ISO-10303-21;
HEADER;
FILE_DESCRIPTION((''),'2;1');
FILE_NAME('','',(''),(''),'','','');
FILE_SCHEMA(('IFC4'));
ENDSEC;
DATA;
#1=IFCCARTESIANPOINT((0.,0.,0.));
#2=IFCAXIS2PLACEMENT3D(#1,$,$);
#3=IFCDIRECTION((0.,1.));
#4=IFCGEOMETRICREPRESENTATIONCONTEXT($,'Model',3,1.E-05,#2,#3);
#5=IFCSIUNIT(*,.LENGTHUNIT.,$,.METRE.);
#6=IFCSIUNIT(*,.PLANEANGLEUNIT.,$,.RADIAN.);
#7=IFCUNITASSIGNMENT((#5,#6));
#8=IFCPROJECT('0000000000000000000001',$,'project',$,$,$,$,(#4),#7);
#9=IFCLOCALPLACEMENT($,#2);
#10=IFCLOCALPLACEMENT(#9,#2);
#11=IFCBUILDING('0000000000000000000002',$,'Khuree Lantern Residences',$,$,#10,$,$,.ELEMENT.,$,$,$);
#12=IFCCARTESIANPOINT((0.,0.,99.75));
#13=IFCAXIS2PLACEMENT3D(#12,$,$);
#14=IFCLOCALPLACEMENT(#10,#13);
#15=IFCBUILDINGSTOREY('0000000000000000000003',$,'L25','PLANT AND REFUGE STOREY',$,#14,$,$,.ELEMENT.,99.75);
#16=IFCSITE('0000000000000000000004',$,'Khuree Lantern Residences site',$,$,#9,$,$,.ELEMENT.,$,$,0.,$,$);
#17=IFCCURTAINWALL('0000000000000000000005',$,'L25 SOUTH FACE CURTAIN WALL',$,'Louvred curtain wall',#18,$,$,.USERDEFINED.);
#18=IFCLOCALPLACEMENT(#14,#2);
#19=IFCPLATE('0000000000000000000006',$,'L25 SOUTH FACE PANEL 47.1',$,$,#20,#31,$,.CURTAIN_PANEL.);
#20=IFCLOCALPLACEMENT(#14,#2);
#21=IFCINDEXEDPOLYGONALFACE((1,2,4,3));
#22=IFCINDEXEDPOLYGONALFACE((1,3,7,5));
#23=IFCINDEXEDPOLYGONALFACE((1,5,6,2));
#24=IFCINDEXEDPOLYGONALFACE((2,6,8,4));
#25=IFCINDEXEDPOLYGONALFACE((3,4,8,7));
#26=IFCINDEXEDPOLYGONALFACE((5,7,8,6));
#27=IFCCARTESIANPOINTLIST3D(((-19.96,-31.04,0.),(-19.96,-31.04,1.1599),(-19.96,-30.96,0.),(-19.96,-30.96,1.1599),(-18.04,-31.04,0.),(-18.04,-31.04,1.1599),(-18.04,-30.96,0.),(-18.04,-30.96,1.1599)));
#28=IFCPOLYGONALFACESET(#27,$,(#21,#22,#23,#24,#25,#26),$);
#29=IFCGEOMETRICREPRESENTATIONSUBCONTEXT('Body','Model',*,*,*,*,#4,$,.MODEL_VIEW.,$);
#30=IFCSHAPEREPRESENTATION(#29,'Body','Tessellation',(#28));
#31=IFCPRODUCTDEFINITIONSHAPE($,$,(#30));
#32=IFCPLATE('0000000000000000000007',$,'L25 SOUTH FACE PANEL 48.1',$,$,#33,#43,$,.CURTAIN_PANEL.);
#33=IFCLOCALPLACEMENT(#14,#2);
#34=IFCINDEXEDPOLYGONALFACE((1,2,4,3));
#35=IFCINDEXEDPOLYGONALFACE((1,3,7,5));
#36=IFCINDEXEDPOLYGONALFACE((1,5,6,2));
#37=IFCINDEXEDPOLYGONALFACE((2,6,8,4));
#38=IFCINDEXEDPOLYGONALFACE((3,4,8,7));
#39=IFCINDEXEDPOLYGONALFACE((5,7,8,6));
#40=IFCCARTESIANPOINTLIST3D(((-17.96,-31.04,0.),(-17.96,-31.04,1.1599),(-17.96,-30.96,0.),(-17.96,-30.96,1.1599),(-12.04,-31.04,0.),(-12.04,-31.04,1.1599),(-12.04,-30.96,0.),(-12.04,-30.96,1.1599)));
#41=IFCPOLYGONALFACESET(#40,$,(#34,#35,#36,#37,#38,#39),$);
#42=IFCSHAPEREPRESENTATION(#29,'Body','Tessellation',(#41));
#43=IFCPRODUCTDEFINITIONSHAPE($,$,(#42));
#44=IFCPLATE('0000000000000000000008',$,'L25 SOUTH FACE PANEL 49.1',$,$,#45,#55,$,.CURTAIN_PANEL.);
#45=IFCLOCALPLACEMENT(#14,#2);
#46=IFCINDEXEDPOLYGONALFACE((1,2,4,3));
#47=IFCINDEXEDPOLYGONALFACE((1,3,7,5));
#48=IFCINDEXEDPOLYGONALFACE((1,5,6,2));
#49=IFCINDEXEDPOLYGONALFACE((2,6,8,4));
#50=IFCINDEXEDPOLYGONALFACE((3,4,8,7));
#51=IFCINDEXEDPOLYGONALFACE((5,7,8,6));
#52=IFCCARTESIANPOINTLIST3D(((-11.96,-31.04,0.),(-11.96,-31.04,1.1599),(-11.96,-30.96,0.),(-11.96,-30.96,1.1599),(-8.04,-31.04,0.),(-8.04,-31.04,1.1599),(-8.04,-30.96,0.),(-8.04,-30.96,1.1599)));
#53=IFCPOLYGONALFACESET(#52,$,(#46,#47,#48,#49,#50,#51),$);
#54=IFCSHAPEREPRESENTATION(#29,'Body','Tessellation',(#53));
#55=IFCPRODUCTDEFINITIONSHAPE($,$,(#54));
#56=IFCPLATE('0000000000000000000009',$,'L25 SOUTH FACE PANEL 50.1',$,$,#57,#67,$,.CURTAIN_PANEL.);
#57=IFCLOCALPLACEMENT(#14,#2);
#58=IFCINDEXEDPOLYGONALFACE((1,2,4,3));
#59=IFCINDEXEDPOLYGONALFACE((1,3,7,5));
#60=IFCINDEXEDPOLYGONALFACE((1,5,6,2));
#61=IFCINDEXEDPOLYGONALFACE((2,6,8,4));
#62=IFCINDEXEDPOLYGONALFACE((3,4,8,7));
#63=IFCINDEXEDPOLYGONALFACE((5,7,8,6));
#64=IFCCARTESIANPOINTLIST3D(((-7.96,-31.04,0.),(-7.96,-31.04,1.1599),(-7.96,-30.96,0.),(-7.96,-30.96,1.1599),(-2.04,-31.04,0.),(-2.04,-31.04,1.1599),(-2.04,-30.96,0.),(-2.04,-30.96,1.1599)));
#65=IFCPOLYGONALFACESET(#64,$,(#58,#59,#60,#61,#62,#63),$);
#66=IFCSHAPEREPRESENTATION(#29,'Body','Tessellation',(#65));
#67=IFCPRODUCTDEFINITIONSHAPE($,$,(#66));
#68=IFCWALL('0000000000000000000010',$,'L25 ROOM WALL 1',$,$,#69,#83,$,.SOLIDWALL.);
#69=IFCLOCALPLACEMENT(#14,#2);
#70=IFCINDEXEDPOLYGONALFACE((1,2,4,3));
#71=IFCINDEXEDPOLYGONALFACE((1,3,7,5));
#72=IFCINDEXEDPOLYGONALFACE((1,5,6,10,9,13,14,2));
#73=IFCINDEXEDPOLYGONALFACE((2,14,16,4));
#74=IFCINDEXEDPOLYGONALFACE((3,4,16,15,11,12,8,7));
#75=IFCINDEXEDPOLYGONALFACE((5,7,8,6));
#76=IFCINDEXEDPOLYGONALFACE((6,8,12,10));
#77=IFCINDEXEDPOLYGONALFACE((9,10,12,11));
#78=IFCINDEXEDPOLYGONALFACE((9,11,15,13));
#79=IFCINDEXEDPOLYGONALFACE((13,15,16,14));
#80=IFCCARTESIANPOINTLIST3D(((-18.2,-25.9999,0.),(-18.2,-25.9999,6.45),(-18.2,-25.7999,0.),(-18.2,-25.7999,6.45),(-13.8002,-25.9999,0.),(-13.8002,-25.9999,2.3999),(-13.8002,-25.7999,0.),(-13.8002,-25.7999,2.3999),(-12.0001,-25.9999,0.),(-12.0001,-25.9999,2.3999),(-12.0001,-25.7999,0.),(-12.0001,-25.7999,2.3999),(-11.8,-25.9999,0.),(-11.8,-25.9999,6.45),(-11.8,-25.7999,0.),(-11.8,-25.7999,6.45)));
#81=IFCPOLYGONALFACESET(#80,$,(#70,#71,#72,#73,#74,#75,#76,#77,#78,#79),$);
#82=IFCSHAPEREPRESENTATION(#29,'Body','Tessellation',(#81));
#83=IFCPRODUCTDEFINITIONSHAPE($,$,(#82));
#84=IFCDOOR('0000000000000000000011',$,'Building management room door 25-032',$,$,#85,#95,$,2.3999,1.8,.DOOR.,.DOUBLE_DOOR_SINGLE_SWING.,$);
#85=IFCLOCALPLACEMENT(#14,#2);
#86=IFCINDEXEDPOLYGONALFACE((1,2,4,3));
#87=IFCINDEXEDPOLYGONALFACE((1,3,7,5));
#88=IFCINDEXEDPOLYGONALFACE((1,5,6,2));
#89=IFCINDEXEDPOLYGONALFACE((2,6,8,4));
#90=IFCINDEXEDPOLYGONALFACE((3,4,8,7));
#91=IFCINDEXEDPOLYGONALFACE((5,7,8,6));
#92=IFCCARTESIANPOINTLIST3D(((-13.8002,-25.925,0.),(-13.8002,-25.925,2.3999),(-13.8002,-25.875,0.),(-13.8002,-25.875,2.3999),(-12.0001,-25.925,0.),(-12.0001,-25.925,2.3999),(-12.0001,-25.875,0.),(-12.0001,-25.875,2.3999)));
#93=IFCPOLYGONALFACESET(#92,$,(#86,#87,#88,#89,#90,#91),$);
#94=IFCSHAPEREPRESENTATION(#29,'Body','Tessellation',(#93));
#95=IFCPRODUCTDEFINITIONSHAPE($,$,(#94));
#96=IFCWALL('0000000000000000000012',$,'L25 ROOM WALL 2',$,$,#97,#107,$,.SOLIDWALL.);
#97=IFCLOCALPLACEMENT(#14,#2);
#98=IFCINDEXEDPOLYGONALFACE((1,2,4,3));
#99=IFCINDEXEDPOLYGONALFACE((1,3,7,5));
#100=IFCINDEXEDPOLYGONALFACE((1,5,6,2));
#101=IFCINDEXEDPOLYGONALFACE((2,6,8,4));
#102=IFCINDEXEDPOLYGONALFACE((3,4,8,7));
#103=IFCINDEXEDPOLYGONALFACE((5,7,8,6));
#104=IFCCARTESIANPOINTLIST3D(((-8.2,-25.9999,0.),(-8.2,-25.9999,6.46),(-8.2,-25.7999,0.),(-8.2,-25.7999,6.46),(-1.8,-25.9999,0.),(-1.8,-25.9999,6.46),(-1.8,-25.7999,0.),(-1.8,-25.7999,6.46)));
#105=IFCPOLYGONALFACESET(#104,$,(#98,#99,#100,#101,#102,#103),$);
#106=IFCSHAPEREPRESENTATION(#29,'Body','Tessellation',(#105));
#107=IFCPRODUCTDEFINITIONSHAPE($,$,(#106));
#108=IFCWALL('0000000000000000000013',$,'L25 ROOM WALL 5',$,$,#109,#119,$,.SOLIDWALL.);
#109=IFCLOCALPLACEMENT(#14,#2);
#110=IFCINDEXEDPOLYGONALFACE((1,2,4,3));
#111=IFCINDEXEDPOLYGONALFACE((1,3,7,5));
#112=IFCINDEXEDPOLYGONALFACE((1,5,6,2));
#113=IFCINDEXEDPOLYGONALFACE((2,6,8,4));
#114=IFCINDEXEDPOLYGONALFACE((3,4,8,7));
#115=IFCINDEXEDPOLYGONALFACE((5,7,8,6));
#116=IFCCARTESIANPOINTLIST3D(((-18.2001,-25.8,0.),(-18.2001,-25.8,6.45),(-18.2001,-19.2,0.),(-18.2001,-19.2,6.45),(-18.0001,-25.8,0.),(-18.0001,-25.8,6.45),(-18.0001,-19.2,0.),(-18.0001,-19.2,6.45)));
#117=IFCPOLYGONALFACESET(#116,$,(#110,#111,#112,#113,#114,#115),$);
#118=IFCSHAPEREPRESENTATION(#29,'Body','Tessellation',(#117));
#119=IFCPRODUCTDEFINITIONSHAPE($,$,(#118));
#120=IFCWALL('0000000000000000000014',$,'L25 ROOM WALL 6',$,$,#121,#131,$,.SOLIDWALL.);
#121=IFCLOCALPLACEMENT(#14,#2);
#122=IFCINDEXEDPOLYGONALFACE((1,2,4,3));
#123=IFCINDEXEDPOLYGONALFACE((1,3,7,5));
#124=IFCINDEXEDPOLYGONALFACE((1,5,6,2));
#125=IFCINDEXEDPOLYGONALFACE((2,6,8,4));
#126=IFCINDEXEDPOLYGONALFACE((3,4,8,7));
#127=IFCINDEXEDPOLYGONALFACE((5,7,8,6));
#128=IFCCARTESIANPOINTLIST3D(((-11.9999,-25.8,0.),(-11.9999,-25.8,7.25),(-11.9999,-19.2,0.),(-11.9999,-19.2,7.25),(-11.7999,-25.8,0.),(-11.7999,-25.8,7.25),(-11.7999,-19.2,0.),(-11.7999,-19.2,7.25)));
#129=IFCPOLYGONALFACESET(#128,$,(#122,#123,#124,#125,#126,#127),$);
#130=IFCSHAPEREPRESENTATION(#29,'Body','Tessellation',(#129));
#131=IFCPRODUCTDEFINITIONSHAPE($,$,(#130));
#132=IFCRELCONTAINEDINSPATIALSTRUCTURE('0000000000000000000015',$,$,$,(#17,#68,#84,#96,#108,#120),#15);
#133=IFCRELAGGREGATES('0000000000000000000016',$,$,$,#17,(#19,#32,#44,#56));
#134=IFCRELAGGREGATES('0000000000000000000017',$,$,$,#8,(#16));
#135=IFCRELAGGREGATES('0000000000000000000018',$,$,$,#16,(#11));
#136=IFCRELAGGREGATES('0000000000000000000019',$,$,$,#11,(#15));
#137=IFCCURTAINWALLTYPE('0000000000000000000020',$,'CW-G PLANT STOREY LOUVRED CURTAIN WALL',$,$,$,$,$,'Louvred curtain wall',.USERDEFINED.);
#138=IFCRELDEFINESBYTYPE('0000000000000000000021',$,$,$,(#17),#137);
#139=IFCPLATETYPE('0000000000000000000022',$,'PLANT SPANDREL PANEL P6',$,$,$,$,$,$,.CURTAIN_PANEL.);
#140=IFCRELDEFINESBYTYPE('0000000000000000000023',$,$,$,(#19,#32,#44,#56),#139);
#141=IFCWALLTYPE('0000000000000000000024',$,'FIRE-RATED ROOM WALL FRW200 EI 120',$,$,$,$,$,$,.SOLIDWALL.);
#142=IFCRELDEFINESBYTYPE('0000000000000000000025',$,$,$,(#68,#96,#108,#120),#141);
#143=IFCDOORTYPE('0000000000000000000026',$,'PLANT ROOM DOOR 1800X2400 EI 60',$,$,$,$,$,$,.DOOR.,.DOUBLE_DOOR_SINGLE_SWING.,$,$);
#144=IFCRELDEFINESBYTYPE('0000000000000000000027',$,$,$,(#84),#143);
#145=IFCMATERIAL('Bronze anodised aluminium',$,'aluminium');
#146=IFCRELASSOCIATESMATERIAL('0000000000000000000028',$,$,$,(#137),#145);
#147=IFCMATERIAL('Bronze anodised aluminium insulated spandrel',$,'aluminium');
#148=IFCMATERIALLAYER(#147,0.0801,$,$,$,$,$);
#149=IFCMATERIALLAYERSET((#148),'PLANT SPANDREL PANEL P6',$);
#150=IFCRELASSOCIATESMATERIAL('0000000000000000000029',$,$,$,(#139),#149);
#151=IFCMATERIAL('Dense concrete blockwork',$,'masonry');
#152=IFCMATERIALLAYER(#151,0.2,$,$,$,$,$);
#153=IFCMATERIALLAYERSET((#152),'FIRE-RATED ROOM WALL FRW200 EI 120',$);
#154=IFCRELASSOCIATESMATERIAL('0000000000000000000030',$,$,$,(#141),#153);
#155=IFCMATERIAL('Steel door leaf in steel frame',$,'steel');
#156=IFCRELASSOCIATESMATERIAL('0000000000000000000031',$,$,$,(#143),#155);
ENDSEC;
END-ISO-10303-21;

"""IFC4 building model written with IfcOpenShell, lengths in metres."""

from ifc_helpers import new_model, si_unit, direction, frame, frame_2d, origin, origin_2d, place, context, subcontext, project, spatial, rectangle, extrude, material, layer, layer_set, type_object, element, fill, aggregate, save


model = new_model("IFC4")

# Units and contexts
model_context = context("Model", 3, precision=1e-05, world=origin(), true_north=direction((0.0, 1.0)))
body_context = subcontext(model_context, "Body", "Model", "MODEL_VIEW")
ifc_project = project(units=[si_unit("LENGTHUNIT", "METRE"), si_unit("PLANEANGLEUNIT", "RADIAN")], contexts=[model_context])

# Site, building, storey
site_placement = place(None, origin())
site = spatial("IfcSite", under=ifc_project, at=site_placement, Name="Khuree Lantern Residences site", CompositionType="ELEMENT", RefElevation=0.0)
building_placement = place(site_placement, origin())
building = spatial("IfcBuilding", under=site, at=building_placement, Name="Khuree Lantern Residences", CompositionType="ELEMENT")
storey_placement = place(building_placement, frame((0.0, 0.0, 99.75)))
storey = spatial("IfcBuildingStorey", under=building, at=storey_placement, Name="L25", Description="PLANT AND REFUGE STOREY", CompositionType="ELEMENT", Elevation=99.75)

# Curtain wall
ifc_material_1 = material(Name="Bronze anodised aluminium", Category="aluminium")
curtain_wall_type = type_object("IfcCurtainWallType", Name="CW-G PLANT STOREY LOUVRED CURTAIN WALL", ElementType="Louvred curtain wall", PredefinedType="USERDEFINED", material=ifc_material_1)
curtain_wall_placement = place(storey_placement, origin())
curtain_wall = element("IfcCurtainWall", 1, at=curtain_wall_placement, inside=storey, type_object=curtain_wall_type, Name="L25 SOUTH FACE CURTAIN WALL", ObjectType="Louvred curtain wall", PredefinedType="USERDEFINED")

# Plates
ifc_material_2 = material(Name="Bronze anodised aluminium insulated spandrel", Category="aluminium")
ifc_layer_1 = layer(ifc_material_2, 0.0801)
ifc_layer_set_1 = layer_set([ifc_layer_1], Name="PLANT SPANDREL PANEL P6")
plate_type_1 = type_object("IfcPlateType", Name="PLANT SPANDREL PANEL P6", PredefinedType="CURTAIN_PANEL", material=ifc_layer_set_1)
plate_1_placement = place(storey_placement, frame((-19.0, -31.0, 0.0), z_axis=(0.0, 0.0, 1.0), x_axis=(1.0, 0.0, 0.0)))
plate_1 = element("IfcPlate", 2, at=plate_1_placement, type_object=plate_type_1, Name="L25 SOUTH FACE PANEL 47.1", PredefinedType="CURTAIN_PANEL", context=body_context, shape_type="SweptSolid", body=[
    extrude(rectangle(XDim=1.9199, YDim=0.0801, at=origin_2d()), origin(), (0.0, 0.0, 1.0), 1.1599),
])
plate_2_placement = place(storey_placement, frame((-15.0, -31.0, 0.0), z_axis=(0.0, 0.0, 1.0), x_axis=(1.0, 0.0, 0.0)))
plate_2 = element("IfcPlate", 3, at=plate_2_placement, type_object=plate_type_1, Name="L25 SOUTH FACE PANEL 48.1", PredefinedType="CURTAIN_PANEL", context=body_context, shape_type="SweptSolid", body=[
    extrude(rectangle(XDim=5.9199, YDim=0.0801, at=origin_2d()), origin(), (0.0, 0.0, 1.0), 1.1599),
])
plate_3_placement = place(storey_placement, frame((-10.0, -31.0, 0.0), z_axis=(0.0, 0.0, 1.0), x_axis=(1.0, 0.0, 0.0)))
plate_3 = element("IfcPlate", 4, at=plate_3_placement, type_object=plate_type_1, Name="L25 SOUTH FACE PANEL 49.1", PredefinedType="CURTAIN_PANEL", context=body_context, shape_type="SweptSolid", body=[
    extrude(rectangle(XDim=3.9199, YDim=0.0801, at=origin_2d()), origin(), (0.0, 0.0, 1.0), 1.1599),
])
plate_4_placement = place(storey_placement, frame((-5.0, -31.0, 0.0), z_axis=(0.0, 0.0, 1.0), x_axis=(1.0, 0.0, 0.0)))
plate_4 = element("IfcPlate", 5, at=plate_4_placement, type_object=plate_type_1, Name="L25 SOUTH FACE PANEL 50.1", PredefinedType="CURTAIN_PANEL", context=body_context, shape_type="SweptSolid", body=[
    extrude(rectangle(XDim=5.9199, YDim=0.0801, at=origin_2d()), origin(), (0.0, 0.0, 1.0), 1.1599),
])
aggregate(curtain_wall, [plate_1, plate_2, plate_3, plate_4])

# Wall, opening, door
ifc_material_3 = material(Name="Dense concrete blockwork", Category="masonry")
ifc_layer_2 = layer(ifc_material_3, 0.2)
ifc_layer_set_2 = layer_set([ifc_layer_2], Name="FIRE-RATED ROOM WALL FRW200 EI 120")
wall_type = type_object("IfcWallType", Name="FIRE-RATED ROOM WALL FRW200 EI 120", PredefinedType="SOLIDWALL", material=ifc_layer_set_2)
wall_1_placement = place(storey_placement, frame((-18.2, -25.8999, 0.0), z_axis=(0.0, 0.0, 1.0), x_axis=(1.0, 0.0, 0.0)))
wall_1 = element("IfcWall", 6, at=wall_1_placement, inside=storey, type_object=wall_type, Name="L25 ROOM WALL 1", PredefinedType="SOLIDWALL", context=body_context, shape_type="SweptSolid", body=[
    extrude(rectangle(XDim=6.3999, YDim=0.2, at=frame_2d((3.2, 0.0))), origin(), (0.0, 0.0, 1.0), 6.45),
])
opening_placement = place(wall_1_placement, frame((4.3999, 0.0, 0.0)))
opening = element("IfcOpeningElement", 7, at=opening_placement, cuts=wall_1, PredefinedType="OPENING", context=body_context, shape_type="SweptSolid", body=[
    extrude(rectangle(XDim=1.8, YDim=2.3999, at=frame_2d((0.8999, 1.2))), frame((0.0, 0.1099, 0.0), z_axis=(0.0, -1.0, 0.0), x_axis=(1.0, 0.0, 0.0)), (0.0, 0.0, 1.0), 0.22),
])
ifc_material_4 = material(Name="Steel door leaf in steel frame", Category="steel")
door_type = type_object("IfcDoorType", Name="PLANT ROOM DOOR 1800X2400 EI 60", OperationType="DOUBLE_DOOR_SINGLE_SWING", PredefinedType="DOOR", material=ifc_material_4)
door_placement = place(opening_placement, origin())
door = element("IfcDoor", 8, at=door_placement, inside=storey, type_object=door_type, Name="Building management room door 25-032", OperationType="DOUBLE_DOOR_SINGLE_SWING", OverallHeight=2.3999, OverallWidth=1.8, PredefinedType="DOOR", context=body_context, shape_type="SweptSolid", body=[
    extrude(rectangle(XDim=1.8, YDim=2.3999, at=frame_2d((0.8999, 1.2))), frame((0.0, 0.0249, 0.0), z_axis=(0.0, -1.0, 0.0), x_axis=(1.0, 0.0, 0.0)), (0.0, 0.0, 1.0), 0.05),
])
fill(opening, door)

# Walls
wall_2_placement = place(storey_placement, frame((-8.2, -25.8999, 0.0), z_axis=(0.0, 0.0, 1.0), x_axis=(1.0, 0.0, 0.0)))
element("IfcWall", 9, at=wall_2_placement, inside=storey, type_object=wall_type, Name="L25 ROOM WALL 2", PredefinedType="SOLIDWALL", context=body_context, shape_type="SweptSolid", body=[
    extrude(rectangle(XDim=6.3999, YDim=0.2, at=frame_2d((3.2, 0.0))), origin(), (0.0, 0.0, 1.0), 6.46),
])
wall_3_placement = place(storey_placement, frame((-18.1001, -25.8, 0.0), z_axis=(0.0, 0.0, 1.0), x_axis=(0.0, 1.0, 0.0)))
element("IfcWall", 10, at=wall_3_placement, inside=storey, type_object=wall_type, Name="L25 ROOM WALL 5", PredefinedType="SOLIDWALL", context=body_context, shape_type="SweptSolid", body=[
    extrude(rectangle(XDim=6.6001, YDim=0.2, at=frame_2d((3.3, 0.0))), origin(), (0.0, 0.0, 1.0), 6.45),
])
wall_4_placement = place(storey_placement, frame((-11.8999, -25.8, 0.0), z_axis=(0.0, 0.0, 1.0), x_axis=(0.0, 1.0, 0.0)))
element("IfcWall", 11, at=wall_4_placement, inside=storey, type_object=wall_type, Name="L25 ROOM WALL 6", PredefinedType="SOLIDWALL", context=body_context, shape_type="SweptSolid", body=[
    extrude(rectangle(XDim=6.6001, YDim=0.2, at=frame_2d((3.3, 0.0))), origin(), (0.0, 0.0, 1.0), 7.25),
])

save(model, "model.ifc")
